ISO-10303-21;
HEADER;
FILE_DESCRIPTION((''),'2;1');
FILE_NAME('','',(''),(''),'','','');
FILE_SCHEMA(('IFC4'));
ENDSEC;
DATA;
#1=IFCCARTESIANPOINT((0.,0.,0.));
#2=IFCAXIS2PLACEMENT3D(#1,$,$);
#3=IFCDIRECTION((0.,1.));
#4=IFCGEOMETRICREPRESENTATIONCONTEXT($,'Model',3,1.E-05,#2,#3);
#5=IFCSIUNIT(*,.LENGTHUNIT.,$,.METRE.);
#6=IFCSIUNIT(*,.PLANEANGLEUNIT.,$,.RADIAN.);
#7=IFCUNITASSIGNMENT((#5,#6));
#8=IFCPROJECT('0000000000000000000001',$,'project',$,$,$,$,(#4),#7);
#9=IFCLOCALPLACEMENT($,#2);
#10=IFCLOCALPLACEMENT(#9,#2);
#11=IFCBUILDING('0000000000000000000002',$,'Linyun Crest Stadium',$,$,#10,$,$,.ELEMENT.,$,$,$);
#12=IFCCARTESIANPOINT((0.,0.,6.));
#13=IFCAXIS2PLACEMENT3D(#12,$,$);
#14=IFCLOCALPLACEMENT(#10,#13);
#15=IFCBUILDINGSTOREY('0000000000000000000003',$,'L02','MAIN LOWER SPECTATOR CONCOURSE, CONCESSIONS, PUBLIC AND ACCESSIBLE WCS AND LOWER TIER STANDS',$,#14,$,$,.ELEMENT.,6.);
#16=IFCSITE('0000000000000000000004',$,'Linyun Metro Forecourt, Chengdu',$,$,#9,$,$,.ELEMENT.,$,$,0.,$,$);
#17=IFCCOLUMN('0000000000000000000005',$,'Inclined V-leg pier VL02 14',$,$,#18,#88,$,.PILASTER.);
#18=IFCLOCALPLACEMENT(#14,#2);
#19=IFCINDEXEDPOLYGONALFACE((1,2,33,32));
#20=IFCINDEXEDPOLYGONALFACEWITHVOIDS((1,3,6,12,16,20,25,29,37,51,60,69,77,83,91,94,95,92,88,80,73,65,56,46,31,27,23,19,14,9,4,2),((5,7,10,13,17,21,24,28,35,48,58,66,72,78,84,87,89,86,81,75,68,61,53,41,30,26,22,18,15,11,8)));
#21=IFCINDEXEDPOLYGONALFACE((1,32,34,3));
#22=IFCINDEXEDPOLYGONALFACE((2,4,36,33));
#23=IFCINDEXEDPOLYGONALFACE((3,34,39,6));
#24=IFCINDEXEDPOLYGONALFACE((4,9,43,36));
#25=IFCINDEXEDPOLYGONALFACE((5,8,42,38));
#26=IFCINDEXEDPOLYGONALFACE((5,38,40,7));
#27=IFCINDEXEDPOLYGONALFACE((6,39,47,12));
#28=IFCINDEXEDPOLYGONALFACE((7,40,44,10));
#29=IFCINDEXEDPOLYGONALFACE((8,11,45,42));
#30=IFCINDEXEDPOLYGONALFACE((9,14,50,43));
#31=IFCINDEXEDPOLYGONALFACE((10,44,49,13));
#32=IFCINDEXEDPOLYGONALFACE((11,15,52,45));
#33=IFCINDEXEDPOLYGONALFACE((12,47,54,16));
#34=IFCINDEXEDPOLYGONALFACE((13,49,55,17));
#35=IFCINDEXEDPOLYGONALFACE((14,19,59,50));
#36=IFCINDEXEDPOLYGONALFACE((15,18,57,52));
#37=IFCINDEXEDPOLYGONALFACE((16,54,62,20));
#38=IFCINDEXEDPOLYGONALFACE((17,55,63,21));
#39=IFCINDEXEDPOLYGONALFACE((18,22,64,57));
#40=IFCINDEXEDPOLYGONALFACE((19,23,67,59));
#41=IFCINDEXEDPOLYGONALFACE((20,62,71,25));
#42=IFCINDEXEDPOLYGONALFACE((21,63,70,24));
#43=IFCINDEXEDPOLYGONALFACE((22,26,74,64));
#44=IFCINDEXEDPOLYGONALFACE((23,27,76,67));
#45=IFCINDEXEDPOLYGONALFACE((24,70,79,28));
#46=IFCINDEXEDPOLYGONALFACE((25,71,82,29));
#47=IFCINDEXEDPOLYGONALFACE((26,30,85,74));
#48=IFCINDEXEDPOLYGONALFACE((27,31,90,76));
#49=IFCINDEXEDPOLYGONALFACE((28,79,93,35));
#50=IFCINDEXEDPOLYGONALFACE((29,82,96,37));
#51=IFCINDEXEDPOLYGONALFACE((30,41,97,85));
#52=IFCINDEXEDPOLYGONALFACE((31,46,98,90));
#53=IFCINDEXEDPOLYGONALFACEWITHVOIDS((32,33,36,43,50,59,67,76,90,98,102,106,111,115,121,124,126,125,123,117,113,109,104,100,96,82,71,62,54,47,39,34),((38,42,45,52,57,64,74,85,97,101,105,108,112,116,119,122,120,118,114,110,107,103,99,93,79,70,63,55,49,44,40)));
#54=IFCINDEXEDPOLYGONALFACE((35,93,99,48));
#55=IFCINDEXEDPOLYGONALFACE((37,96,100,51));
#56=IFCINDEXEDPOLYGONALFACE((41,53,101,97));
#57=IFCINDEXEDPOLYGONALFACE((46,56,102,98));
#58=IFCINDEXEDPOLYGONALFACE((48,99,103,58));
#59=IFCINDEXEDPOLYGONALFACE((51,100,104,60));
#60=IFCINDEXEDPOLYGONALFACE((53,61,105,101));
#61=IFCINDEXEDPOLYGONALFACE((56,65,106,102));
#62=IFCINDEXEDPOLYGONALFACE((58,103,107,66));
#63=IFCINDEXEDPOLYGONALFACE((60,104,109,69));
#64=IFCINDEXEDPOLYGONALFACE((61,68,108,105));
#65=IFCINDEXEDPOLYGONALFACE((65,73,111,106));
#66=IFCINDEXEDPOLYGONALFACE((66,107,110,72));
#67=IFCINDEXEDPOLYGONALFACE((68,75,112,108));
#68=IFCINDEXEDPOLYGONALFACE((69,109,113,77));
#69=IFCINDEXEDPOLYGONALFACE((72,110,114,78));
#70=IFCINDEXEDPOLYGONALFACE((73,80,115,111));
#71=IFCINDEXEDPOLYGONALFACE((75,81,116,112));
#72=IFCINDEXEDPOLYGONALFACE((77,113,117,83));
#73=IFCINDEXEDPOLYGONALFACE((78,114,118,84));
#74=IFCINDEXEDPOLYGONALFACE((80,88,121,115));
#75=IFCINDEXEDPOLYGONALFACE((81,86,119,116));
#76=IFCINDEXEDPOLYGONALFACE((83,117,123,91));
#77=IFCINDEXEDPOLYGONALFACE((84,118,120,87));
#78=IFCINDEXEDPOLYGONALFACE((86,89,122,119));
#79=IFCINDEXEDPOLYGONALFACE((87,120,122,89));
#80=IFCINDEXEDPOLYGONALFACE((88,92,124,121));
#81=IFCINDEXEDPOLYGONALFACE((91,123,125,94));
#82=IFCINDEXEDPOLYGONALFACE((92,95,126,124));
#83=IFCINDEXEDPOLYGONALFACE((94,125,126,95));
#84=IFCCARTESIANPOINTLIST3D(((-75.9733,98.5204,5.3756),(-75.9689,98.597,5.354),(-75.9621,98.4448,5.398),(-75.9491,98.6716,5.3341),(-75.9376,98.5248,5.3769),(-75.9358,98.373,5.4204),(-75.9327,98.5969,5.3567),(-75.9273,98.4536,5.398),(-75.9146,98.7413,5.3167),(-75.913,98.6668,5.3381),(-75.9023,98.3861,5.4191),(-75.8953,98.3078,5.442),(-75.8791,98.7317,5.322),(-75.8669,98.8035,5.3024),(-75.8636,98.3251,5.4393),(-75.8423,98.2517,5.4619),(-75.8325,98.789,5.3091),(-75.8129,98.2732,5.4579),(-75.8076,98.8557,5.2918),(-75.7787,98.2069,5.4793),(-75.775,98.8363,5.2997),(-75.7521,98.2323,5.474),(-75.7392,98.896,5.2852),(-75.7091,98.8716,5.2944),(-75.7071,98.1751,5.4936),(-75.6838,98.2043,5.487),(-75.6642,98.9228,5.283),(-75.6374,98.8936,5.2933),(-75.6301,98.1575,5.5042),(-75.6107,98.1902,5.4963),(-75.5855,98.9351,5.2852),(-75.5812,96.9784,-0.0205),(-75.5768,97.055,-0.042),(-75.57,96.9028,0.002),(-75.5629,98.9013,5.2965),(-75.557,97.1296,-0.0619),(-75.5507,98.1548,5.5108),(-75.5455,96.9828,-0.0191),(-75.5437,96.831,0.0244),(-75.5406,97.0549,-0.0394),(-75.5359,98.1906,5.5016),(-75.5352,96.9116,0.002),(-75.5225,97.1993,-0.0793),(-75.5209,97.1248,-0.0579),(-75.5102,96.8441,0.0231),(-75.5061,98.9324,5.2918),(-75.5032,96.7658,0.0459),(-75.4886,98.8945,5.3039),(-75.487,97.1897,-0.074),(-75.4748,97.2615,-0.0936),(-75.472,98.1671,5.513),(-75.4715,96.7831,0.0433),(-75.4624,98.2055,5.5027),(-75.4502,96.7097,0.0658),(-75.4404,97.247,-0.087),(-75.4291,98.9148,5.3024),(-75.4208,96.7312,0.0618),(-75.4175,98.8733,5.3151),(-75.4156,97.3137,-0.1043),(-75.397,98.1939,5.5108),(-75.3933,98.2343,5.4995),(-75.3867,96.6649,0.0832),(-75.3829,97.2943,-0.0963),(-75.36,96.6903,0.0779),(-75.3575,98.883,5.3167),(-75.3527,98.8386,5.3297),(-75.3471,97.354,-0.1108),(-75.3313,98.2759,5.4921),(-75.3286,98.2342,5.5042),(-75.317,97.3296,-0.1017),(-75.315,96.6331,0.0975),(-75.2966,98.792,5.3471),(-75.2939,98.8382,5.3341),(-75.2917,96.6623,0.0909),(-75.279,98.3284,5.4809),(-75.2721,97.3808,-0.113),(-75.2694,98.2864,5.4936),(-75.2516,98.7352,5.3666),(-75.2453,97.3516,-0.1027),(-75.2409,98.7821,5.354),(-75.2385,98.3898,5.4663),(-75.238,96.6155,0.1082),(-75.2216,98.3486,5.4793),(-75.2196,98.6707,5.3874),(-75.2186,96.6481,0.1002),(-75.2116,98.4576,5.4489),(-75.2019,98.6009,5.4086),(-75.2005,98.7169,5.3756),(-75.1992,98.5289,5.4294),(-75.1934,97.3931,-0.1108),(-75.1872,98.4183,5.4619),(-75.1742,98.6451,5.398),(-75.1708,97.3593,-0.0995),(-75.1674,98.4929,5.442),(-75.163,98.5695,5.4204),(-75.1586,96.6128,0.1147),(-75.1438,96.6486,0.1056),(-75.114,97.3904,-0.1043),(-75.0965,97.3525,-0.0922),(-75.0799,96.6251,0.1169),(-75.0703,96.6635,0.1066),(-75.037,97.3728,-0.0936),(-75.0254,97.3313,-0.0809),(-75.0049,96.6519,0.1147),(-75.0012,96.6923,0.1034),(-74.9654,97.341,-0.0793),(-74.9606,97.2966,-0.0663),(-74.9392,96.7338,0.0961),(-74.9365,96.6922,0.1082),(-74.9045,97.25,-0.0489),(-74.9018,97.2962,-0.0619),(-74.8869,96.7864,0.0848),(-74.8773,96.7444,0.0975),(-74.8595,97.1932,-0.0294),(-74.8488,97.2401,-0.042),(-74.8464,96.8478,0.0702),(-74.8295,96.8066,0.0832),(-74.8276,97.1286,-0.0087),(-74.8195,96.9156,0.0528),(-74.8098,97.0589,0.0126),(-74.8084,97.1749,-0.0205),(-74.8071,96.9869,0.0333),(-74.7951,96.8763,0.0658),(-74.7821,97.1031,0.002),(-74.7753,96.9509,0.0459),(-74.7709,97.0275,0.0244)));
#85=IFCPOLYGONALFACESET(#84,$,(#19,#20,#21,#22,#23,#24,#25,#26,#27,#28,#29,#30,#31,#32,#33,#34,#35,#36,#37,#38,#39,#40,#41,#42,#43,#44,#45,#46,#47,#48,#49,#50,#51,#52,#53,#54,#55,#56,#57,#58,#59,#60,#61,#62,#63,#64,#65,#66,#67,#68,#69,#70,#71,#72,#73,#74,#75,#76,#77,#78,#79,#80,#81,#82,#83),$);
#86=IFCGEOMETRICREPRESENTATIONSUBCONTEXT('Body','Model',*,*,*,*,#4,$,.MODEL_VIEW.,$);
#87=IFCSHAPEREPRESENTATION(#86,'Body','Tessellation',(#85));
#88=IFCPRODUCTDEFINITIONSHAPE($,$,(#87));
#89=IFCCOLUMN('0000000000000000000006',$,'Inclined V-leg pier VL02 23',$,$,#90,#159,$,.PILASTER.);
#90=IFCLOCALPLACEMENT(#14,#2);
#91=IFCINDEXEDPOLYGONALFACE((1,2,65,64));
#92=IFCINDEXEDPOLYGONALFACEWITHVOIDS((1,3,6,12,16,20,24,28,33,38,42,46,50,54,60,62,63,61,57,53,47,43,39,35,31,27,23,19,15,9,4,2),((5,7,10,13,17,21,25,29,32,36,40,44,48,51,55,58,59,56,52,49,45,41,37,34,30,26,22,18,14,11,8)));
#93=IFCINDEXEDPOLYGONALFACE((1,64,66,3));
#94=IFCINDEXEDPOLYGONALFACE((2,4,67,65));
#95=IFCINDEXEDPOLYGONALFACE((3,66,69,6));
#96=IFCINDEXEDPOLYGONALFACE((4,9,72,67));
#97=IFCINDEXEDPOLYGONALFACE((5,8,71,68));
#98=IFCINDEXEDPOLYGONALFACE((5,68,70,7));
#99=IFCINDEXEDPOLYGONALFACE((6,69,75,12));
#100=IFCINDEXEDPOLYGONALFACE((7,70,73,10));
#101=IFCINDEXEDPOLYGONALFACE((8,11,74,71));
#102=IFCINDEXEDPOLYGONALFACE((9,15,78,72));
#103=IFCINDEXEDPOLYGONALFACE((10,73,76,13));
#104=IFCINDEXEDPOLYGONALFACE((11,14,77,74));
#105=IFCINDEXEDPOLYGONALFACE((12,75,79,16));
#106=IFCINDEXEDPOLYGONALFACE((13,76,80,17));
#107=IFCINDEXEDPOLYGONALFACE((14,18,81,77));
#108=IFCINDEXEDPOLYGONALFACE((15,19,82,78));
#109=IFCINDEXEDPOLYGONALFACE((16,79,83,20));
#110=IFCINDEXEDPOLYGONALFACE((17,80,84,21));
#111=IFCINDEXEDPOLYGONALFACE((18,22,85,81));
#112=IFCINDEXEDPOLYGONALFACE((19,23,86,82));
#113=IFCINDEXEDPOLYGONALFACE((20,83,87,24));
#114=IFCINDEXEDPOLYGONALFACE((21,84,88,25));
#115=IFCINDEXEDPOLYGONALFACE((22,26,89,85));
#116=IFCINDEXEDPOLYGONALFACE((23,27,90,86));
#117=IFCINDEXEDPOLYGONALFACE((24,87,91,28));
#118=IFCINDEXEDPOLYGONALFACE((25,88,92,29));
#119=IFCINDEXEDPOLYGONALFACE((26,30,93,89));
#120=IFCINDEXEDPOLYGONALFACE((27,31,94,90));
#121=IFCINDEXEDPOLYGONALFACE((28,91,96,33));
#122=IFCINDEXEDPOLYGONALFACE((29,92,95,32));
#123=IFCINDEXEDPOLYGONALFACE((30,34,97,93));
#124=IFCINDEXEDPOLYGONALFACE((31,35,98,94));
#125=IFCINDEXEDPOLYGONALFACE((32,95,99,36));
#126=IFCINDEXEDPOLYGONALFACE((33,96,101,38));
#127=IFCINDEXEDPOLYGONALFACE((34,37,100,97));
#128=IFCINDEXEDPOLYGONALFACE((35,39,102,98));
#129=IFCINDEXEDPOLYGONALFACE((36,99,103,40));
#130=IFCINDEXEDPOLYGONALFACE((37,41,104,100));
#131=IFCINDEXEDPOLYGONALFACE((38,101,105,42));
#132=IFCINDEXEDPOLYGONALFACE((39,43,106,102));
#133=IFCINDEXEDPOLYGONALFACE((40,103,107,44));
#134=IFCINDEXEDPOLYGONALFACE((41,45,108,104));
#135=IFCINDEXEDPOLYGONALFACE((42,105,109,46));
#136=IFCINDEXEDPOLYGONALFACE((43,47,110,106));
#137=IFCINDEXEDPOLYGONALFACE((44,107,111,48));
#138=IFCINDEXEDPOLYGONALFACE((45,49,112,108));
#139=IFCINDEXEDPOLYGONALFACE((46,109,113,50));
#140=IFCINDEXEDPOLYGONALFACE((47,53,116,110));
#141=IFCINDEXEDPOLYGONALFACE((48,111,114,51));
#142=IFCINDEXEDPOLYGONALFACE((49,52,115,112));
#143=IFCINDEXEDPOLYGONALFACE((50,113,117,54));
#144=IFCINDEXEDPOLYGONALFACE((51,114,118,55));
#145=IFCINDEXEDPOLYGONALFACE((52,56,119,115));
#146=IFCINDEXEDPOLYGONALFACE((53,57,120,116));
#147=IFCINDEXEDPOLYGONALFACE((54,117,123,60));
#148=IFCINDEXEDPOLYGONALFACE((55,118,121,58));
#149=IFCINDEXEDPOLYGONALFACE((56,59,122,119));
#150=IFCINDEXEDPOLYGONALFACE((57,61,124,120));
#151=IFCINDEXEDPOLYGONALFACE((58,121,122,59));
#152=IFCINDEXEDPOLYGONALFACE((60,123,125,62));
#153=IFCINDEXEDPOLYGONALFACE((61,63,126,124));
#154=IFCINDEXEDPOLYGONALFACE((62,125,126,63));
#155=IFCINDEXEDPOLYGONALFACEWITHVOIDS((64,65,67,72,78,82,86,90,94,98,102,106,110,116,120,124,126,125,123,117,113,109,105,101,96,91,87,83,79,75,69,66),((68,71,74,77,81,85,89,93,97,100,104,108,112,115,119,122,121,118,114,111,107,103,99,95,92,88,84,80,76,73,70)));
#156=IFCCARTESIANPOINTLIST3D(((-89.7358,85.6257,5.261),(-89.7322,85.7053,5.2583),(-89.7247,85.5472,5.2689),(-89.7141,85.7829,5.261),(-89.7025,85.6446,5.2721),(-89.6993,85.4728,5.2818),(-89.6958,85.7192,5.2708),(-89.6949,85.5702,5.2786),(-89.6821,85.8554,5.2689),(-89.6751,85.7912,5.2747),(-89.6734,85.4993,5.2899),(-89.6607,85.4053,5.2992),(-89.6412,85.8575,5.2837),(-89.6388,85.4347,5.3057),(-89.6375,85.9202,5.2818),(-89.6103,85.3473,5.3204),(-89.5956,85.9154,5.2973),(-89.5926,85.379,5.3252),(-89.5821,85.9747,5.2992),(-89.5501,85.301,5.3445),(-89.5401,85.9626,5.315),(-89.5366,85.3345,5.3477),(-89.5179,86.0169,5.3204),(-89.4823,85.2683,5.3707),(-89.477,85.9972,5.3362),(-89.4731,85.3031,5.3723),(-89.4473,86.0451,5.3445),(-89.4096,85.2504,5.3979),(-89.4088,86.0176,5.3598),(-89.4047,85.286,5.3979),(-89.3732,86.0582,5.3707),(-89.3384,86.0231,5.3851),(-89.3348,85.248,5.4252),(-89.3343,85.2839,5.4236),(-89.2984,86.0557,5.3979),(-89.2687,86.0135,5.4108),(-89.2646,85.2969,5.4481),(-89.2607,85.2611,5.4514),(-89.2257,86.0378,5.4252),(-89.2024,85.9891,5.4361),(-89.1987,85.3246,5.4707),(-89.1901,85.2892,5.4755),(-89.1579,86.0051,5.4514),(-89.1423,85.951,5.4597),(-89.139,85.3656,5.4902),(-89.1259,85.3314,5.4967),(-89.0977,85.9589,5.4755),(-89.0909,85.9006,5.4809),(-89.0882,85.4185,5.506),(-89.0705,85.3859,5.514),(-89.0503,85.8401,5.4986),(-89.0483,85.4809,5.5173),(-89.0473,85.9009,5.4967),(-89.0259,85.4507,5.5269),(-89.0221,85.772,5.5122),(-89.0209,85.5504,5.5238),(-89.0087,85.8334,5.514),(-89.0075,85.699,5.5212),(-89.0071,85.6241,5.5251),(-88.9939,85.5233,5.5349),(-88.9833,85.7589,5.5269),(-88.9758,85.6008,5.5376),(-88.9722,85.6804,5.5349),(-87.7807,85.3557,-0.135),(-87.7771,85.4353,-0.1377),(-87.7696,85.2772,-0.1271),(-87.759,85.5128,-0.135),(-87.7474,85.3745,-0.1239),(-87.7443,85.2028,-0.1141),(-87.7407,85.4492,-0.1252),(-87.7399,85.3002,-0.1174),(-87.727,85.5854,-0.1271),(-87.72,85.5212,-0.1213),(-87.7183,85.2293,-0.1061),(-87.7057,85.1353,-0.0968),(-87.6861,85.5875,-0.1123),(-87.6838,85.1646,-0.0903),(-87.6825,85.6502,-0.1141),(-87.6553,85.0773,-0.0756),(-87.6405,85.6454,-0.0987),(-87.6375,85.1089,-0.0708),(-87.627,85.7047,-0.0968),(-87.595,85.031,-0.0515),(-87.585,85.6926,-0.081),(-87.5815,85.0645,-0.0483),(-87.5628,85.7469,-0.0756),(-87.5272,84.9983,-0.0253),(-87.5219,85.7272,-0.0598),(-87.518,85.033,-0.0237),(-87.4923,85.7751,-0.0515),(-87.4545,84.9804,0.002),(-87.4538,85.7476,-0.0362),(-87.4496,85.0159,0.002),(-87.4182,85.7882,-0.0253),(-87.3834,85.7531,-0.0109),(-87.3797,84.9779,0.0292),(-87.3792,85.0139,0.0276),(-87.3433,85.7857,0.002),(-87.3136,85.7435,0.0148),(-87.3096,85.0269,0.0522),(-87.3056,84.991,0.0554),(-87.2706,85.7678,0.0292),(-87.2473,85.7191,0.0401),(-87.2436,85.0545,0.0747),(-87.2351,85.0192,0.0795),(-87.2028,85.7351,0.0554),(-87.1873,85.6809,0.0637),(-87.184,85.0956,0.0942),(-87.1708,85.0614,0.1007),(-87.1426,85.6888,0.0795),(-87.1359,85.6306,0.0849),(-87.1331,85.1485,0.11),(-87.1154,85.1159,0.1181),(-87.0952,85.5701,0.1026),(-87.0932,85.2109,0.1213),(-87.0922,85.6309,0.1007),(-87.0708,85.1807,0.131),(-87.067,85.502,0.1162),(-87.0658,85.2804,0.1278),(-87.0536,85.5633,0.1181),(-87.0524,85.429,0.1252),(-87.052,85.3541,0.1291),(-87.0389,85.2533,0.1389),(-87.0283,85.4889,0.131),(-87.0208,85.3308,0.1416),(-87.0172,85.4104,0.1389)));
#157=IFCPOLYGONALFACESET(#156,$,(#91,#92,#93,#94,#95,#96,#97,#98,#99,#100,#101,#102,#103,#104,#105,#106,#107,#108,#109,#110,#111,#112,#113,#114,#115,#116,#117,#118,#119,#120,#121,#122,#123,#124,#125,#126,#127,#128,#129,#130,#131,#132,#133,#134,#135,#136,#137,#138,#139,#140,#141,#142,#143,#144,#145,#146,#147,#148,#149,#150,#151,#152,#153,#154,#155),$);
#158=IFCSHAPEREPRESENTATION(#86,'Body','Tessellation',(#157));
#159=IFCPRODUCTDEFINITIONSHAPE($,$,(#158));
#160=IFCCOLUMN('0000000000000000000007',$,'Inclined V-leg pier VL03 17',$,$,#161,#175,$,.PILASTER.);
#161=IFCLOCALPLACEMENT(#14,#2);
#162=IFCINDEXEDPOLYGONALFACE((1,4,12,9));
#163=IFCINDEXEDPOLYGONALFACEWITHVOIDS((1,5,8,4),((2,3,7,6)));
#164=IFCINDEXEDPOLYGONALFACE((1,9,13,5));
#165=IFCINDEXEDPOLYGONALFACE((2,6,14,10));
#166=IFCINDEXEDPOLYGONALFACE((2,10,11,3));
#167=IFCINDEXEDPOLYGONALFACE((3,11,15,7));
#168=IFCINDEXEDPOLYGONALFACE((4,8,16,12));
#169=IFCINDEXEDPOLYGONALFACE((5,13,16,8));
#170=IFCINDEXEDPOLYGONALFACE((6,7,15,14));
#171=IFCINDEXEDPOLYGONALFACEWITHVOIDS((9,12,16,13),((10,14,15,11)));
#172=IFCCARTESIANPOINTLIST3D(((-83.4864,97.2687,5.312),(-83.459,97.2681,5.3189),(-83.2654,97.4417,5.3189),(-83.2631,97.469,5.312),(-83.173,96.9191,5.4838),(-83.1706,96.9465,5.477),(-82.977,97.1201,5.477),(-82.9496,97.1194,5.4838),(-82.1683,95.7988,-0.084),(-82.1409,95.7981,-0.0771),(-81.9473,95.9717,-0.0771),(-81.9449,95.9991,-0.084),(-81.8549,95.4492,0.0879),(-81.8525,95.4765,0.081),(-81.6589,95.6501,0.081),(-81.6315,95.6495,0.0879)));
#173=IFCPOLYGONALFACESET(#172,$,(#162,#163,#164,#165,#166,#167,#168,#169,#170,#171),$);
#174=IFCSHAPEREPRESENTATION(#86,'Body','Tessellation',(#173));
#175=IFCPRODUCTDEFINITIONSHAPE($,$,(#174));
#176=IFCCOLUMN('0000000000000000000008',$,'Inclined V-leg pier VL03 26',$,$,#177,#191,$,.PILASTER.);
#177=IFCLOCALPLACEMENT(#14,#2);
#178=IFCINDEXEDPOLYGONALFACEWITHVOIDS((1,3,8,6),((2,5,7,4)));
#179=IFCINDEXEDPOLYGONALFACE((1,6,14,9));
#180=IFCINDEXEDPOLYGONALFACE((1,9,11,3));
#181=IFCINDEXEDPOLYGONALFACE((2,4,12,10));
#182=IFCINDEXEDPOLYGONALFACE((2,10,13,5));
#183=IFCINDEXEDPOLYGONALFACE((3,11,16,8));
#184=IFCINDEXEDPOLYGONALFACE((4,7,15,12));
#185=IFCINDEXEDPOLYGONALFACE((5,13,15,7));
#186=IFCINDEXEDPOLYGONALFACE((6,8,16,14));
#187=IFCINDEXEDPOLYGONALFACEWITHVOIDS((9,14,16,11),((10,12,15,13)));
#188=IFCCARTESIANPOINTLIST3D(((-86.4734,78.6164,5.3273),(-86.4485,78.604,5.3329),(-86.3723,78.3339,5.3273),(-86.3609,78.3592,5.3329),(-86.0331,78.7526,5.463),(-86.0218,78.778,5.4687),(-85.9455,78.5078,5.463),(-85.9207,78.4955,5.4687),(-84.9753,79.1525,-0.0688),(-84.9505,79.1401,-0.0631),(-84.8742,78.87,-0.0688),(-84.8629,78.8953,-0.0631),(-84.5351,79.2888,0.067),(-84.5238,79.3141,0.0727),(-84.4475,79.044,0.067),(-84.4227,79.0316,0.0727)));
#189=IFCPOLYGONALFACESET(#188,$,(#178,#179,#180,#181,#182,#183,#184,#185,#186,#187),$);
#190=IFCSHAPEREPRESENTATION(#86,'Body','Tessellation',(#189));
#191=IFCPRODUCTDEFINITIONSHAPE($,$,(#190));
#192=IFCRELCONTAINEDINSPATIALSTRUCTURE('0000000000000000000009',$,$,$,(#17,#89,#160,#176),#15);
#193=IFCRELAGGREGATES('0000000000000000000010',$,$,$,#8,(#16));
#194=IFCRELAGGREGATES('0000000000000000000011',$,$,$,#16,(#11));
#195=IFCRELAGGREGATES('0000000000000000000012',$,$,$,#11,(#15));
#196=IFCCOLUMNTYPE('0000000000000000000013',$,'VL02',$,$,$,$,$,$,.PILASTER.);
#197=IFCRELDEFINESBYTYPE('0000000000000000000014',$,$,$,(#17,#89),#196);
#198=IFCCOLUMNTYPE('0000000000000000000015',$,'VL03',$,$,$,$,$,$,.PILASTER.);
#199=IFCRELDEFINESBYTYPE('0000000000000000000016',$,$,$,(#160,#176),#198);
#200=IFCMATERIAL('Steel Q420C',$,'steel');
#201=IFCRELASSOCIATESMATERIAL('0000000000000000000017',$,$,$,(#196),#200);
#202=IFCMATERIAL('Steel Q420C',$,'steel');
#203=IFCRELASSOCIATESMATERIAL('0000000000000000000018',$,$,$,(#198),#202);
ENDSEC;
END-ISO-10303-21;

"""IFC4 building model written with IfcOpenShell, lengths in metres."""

from ifc_helpers import new_model, si_unit, direction, frame, origin, origin_2d, place, context, subcontext, project, spatial, hollow_rectangle, hollow_circle, extrude, material, material_profile, profile_set, type_object, element, save


model = new_model("IFC4")

# Units and contexts
model_context = context("Model", 3, precision=1e-05, world=origin(), true_north=direction((0.0, 1.0)))
body_context = subcontext(model_context, "Body", "Model", "MODEL_VIEW")
ifc_project = project(units=[si_unit("LENGTHUNIT", "METRE"), si_unit("PLANEANGLEUNIT", "RADIAN")], contexts=[model_context])

# Site, building, storey
site_placement = place(None, origin())
site = spatial("IfcSite", under=ifc_project, at=site_placement, Name="Linyun Metro Forecourt, Chengdu", CompositionType="ELEMENT", RefElevation=0.0)
building_placement = place(site_placement, origin())
building = spatial("IfcBuilding", under=site, at=building_placement, Name="Linyun Crest Stadium", CompositionType="ELEMENT")
storey_placement = place(building_placement, frame((0.0, 0.0, 6.0)))
storey = spatial("IfcBuildingStorey", under=building, at=storey_placement, Name="L02", Description="MAIN LOWER SPECTATOR CONCOURSE, CONCESSIONS, PUBLIC AND ACCESSIBLE WCS AND LOWER TIER STANDS", CompositionType="ELEMENT", Elevation=6.0)

# Columns
ifc_material_1 = material(Name="Steel Q420C", Category="steel")
ifc_material_profile_1 = material_profile(ifc_material_1, hollow_circle(Radius=0.4065, WallThickness=0.0359, at=origin_2d()), Name="CHS 813x36")
ifc_profile_set_1 = profile_set([ifc_material_profile_1], Name="Steel Q420C")
column_type_1 = type_object("IfcColumnType", Name="VL02", PredefinedType="PILASTER", material=ifc_profile_set_1)
column_1_placement = place(storey_placement, frame((-75.176, 97.0029, 0.002), z_axis=(-0.069696, 0.274099, 0.959173), x_axis=(-0.96916, -0.246433, 0.0)))
element("IfcColumn", 1, at=column_1_placement, inside=storey, type_object=column_type_1, Name="Inclined V-leg pier VL02 14", PredefinedType="PILASTER", context=body_context, shape_type="SweptSolid", body=[
    extrude(hollow_circle(Radius=0.4065, WallThickness=0.0359, at=origin_2d()), origin(), (0.0, 0.0, 1.0), 5.6257),
])
column_2_placement = place(storey_placement, frame((-87.3989, 85.3831, 0.002), z_axis=(-0.340273, 0.046996, 0.939151), x_axis=(-0.136813, -0.990597, 0.0)))
element("IfcColumn", 2, at=column_2_placement, inside=storey, type_object=column_type_1, Name="Inclined V-leg pier VL02 23", PredefinedType="PILASTER", context=body_context, shape_type="SweptSolid", body=[
    extrude(hollow_circle(Radius=0.4065, WallThickness=0.0359, at=origin_2d()), origin(), (0.0, 0.0, 1.0), 5.7456),
])
ifc_material_2 = material(Name="Steel Q420C", Category="steel")
ifc_material_profile_2 = material_profile(ifc_material_2, hollow_rectangle(XDim=0.3, YDim=0.5, WallThickness=0.02, at=origin_2d()), Name="RHS 500x300x20")
ifc_profile_set_2 = profile_set([ifc_material_profile_2], Name="Steel Q420C")
column_type_2 = type_object("IfcColumnType", Name="VL03", PredefinedType="PILASTER", material=ifc_profile_set_2)
column_3_placement = place(storey_placement, frame((-81.8999, 95.7241, 0.002), z_axis=(-0.229402, 0.255831, 0.939109), x_axis=(-0.744516, -0.667604, 0.0)))
element("IfcColumn", 3, at=column_3_placement, inside=storey, type_object=column_type_2, Name="Inclined V-leg pier VL03 17", PredefinedType="PILASTER", context=body_context, shape_type="SweptSolid", body=[
    extrude(hollow_rectangle(XDim=0.3, YDim=0.5, WallThickness=0.02, at=origin_2d()), origin(), (0.0, 0.0, 1.0), 5.7458),
])
column_4_placement = place(storey_placement, frame((-84.699, 79.092, 0.002), z_axis=(-0.266287, -0.095301, 0.959171), x_axis=(0.336958, -0.94152, 0.0)))
element("IfcColumn", 4, at=column_4_placement, inside=storey, type_object=column_type_2, Name="Inclined V-leg pier VL03 26", PredefinedType="PILASTER", context=body_context, shape_type="SweptSolid", body=[
    extrude(hollow_rectangle(XDim=0.3, YDim=0.5, WallThickness=0.02, at=origin_2d()), origin(), (0.0, 0.0, 1.0), 5.6257),
])

save(model, "model.ifc")
